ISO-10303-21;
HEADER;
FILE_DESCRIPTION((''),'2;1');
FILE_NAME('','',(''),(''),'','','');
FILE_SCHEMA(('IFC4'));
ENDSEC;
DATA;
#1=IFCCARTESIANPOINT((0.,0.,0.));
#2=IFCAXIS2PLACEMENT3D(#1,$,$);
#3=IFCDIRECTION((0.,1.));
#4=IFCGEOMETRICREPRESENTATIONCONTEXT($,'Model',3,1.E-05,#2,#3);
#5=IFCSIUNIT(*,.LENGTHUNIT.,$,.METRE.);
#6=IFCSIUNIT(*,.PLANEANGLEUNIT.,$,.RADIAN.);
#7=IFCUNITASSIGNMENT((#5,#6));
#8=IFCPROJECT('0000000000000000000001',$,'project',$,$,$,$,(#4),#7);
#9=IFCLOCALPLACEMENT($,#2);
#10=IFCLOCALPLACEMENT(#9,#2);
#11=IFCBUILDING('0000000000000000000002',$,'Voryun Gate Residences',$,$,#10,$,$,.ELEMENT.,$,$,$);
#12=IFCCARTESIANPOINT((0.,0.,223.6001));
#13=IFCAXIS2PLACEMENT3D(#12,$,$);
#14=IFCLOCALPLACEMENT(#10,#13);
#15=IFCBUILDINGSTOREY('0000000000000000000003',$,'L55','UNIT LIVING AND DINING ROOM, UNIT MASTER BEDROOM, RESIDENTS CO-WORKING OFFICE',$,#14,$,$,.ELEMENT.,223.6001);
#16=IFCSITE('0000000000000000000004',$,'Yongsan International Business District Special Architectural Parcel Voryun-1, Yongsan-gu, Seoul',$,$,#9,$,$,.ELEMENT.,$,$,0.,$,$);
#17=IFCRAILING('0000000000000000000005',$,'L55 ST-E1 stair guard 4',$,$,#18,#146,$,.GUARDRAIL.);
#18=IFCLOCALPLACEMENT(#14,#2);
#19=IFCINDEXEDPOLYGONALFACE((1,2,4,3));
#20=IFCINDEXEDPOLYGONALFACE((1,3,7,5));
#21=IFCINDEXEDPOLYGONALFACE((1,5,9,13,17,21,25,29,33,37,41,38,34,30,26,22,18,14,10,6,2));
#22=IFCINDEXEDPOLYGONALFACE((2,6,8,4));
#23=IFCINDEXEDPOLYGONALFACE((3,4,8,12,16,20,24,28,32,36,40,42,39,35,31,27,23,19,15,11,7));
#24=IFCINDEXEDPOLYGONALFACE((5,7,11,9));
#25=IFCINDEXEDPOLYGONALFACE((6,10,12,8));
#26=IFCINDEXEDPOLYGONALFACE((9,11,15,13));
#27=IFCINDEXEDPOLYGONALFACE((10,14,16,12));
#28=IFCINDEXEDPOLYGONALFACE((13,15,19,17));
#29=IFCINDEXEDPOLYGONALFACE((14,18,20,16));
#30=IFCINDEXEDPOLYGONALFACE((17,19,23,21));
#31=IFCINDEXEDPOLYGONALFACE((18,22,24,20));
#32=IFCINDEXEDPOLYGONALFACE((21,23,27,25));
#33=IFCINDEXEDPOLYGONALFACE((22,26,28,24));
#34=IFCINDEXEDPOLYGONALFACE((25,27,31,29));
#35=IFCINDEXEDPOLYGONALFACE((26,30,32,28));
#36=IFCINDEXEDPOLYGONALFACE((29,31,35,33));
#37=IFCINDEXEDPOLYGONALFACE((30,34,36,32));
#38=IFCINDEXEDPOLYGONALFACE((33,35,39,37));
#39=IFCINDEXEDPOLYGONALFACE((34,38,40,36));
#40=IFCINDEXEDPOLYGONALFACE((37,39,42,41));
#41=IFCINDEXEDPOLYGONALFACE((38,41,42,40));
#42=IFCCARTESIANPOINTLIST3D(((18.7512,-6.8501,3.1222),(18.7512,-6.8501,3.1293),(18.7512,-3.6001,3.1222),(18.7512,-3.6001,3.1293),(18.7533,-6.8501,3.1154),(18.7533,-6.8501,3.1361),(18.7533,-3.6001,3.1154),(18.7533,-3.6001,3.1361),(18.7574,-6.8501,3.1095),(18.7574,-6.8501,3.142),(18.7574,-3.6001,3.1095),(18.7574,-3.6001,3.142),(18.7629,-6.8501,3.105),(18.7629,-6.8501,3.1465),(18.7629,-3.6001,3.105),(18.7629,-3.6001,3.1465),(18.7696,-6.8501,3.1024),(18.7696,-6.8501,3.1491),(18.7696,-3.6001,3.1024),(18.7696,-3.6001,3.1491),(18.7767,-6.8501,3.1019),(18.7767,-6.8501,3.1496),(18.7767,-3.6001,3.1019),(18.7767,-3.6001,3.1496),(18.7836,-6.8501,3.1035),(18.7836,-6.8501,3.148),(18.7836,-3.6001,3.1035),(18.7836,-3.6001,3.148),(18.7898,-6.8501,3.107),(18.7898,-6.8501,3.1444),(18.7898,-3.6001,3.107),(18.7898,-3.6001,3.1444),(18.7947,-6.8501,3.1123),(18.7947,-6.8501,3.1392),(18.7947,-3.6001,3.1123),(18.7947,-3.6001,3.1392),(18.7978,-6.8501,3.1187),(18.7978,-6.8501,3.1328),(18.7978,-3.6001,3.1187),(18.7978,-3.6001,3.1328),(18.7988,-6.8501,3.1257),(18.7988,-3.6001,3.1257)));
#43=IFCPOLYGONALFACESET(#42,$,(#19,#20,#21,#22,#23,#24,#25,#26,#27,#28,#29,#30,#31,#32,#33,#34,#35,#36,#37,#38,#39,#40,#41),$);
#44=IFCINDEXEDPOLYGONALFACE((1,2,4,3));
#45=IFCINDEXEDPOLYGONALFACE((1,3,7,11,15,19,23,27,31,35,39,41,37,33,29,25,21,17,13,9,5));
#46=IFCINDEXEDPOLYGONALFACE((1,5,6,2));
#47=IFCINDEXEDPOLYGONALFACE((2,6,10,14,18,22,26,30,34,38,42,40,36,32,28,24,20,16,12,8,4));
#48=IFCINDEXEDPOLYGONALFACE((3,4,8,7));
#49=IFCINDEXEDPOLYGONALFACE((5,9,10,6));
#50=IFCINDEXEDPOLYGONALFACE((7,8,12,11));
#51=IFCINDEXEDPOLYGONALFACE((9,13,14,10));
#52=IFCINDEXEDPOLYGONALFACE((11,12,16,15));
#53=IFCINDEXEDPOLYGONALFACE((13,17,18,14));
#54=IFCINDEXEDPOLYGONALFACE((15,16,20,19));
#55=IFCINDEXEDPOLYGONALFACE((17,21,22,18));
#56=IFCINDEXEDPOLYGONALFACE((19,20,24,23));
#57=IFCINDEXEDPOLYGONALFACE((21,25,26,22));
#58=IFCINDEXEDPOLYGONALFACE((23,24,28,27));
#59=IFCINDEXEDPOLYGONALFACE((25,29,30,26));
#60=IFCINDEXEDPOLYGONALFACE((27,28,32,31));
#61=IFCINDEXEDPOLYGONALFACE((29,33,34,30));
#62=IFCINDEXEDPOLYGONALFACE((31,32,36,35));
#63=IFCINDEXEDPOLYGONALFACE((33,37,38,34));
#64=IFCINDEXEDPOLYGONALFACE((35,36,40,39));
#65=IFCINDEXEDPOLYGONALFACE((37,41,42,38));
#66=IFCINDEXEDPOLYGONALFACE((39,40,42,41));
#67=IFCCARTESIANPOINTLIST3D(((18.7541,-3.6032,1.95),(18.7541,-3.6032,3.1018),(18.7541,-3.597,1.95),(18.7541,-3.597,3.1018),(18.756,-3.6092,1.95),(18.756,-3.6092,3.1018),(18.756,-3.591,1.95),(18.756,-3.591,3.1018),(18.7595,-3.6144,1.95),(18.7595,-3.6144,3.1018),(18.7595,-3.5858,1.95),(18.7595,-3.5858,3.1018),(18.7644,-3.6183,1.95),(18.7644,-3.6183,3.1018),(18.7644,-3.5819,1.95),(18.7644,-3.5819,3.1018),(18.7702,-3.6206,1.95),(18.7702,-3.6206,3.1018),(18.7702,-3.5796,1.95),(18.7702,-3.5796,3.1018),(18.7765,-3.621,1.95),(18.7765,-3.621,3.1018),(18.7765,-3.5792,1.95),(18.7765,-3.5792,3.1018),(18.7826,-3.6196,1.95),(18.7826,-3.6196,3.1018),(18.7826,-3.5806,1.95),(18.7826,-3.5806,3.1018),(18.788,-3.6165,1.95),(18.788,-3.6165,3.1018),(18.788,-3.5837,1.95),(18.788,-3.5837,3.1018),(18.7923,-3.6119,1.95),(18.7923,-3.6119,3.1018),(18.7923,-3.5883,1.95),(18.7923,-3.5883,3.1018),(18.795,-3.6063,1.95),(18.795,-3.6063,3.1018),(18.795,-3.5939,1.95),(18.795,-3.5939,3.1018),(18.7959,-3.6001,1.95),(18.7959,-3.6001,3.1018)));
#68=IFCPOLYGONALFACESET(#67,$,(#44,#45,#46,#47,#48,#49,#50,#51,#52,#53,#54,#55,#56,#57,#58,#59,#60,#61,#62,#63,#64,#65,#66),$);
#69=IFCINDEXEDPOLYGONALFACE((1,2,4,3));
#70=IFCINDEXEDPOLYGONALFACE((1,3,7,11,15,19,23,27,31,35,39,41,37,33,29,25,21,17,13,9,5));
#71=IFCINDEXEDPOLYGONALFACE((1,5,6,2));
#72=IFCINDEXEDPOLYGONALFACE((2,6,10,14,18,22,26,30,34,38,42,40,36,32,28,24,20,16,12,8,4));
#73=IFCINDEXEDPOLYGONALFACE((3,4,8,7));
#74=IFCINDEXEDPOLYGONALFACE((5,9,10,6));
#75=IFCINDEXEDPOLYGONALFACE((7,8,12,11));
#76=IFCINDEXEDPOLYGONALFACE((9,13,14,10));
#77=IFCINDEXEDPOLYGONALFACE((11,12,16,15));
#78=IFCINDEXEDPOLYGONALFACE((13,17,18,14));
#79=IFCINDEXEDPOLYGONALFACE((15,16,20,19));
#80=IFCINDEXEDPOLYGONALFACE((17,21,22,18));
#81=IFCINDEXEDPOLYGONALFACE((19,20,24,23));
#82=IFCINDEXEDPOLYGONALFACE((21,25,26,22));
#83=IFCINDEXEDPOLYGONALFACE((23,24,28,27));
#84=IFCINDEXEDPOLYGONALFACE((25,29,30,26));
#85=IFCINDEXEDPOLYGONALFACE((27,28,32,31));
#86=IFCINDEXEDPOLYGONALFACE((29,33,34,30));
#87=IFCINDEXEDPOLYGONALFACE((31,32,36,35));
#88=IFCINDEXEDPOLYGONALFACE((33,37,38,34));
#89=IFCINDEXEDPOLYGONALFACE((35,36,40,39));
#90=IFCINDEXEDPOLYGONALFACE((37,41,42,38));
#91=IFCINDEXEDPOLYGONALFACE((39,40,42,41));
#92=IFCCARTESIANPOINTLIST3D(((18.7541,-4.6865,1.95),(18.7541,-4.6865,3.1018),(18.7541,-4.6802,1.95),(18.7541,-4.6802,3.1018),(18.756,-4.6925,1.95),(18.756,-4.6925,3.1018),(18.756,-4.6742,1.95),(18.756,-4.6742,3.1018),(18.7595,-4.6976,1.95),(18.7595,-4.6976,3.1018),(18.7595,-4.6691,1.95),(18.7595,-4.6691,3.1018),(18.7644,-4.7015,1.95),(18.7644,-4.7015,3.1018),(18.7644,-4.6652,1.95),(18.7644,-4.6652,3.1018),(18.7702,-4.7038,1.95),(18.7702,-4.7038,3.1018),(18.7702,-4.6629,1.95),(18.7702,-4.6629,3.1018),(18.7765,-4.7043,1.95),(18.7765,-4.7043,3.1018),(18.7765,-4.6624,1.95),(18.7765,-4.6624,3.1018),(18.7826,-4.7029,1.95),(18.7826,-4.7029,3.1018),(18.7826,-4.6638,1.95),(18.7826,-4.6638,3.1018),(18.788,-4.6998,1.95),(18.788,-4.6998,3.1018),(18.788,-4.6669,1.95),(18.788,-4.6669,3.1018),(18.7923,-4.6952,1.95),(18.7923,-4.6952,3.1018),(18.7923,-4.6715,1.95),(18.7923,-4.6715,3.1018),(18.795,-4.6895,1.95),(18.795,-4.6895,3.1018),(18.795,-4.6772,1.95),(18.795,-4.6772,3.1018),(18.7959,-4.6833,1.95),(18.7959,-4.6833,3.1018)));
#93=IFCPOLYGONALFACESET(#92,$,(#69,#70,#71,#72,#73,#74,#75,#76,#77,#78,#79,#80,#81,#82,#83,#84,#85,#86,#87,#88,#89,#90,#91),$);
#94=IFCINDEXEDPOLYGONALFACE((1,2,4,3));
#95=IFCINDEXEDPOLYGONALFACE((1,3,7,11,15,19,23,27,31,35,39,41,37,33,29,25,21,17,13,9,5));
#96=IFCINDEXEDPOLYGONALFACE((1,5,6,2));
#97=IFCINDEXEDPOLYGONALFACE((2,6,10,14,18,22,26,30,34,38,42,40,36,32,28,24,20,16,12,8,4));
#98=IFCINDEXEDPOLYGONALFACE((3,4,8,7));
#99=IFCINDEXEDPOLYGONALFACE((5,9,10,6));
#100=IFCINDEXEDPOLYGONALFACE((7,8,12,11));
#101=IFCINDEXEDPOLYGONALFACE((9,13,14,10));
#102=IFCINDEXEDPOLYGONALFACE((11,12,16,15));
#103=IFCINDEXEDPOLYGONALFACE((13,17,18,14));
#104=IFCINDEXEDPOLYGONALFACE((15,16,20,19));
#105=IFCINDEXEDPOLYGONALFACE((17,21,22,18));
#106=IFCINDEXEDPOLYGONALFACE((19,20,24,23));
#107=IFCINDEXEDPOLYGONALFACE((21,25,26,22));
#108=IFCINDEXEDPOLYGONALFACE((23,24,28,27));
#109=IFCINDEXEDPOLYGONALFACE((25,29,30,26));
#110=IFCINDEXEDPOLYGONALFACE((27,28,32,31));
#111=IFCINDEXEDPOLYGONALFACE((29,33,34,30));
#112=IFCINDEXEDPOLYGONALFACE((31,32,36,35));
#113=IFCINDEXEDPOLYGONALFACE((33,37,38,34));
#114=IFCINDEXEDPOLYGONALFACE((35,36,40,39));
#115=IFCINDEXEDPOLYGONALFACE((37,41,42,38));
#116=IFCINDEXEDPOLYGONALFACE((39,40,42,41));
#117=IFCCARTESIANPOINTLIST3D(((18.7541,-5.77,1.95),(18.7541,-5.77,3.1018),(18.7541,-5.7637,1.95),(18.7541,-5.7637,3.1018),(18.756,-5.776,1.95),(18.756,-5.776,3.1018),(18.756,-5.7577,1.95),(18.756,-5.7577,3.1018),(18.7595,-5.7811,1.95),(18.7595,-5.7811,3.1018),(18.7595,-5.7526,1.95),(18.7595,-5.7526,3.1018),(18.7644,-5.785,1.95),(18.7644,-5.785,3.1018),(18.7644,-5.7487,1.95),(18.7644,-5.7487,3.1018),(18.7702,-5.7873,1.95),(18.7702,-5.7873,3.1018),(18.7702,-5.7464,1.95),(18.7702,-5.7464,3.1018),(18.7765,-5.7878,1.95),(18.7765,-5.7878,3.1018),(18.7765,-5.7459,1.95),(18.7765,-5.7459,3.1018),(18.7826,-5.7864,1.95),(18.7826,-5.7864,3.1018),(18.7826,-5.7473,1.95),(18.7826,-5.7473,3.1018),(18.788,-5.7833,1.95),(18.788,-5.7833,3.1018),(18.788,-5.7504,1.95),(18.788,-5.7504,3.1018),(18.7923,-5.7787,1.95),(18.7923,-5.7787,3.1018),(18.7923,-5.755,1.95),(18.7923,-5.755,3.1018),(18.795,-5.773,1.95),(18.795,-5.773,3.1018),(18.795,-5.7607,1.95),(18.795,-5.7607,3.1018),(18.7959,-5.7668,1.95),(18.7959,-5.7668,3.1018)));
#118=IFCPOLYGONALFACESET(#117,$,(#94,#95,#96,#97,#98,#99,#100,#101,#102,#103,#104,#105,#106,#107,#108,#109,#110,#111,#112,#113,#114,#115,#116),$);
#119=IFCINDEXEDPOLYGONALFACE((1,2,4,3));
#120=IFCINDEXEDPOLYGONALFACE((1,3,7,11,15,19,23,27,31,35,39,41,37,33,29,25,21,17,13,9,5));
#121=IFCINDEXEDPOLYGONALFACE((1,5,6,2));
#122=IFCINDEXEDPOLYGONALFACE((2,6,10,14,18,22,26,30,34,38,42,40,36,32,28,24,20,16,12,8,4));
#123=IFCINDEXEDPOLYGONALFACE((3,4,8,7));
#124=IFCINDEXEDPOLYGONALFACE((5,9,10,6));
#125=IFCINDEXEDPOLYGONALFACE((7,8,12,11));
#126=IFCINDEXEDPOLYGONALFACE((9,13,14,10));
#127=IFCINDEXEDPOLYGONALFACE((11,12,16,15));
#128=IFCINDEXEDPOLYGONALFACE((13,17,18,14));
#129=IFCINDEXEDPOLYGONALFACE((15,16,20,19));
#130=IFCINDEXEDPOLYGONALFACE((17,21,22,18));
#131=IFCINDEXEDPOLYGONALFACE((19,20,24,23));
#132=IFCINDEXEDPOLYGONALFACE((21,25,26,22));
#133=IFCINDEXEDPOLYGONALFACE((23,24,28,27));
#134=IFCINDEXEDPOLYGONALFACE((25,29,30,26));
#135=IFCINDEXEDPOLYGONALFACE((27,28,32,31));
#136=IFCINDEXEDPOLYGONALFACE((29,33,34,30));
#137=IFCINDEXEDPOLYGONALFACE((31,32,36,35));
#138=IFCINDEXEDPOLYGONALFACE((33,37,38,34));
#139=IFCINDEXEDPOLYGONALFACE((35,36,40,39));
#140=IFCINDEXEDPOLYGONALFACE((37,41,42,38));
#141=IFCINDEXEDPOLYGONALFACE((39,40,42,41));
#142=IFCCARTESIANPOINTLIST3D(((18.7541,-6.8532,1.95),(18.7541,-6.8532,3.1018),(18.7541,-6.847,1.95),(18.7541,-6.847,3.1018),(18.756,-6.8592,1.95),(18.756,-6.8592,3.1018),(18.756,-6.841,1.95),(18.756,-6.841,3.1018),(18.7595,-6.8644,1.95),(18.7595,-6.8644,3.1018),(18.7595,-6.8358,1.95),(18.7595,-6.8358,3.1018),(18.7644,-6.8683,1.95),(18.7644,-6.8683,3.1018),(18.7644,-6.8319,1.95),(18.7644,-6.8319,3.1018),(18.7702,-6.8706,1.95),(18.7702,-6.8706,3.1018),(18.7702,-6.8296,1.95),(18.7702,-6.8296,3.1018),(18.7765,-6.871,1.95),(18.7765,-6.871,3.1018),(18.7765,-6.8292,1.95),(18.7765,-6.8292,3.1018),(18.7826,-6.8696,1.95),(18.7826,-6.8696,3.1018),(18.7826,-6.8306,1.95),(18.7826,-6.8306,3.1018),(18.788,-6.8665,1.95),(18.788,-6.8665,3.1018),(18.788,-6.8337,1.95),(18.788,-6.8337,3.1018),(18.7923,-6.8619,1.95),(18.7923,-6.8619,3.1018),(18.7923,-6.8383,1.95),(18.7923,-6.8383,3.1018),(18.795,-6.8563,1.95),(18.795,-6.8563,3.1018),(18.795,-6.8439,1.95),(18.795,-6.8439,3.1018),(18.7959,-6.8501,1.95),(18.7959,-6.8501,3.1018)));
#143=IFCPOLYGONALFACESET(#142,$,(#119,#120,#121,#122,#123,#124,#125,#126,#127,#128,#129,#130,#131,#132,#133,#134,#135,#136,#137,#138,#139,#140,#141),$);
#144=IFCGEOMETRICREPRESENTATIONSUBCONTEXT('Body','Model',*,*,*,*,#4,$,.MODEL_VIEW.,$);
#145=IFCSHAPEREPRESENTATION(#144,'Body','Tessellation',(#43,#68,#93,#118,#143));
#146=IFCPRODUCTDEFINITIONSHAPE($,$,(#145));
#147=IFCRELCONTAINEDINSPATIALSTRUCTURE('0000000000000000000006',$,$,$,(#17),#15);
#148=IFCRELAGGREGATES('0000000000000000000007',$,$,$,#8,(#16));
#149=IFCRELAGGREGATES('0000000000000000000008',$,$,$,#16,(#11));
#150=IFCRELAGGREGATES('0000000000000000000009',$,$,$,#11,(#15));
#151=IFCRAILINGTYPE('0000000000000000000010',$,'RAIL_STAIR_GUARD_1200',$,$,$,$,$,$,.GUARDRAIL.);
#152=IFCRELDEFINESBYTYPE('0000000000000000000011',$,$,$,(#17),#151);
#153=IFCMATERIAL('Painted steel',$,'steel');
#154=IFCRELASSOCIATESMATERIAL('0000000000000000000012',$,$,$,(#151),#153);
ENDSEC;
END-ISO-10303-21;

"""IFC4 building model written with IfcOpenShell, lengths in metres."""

from ifc_helpers import new_model, si_unit, direction, frame, origin, origin_2d, place, context, subcontext, project, spatial, circle, extrude, material, type_object, element, save


model = new_model("IFC4")

# Units and contexts
model_context = context("Model", 3, precision=1e-05, world=origin(), true_north=direction((0.0, 1.0)))
body_context = subcontext(model_context, "Body", "Model", "MODEL_VIEW")
ifc_project = project(units=[si_unit("LENGTHUNIT", "METRE"), si_unit("PLANEANGLEUNIT", "RADIAN")], contexts=[model_context])

# Site, building, storey
site_placement = place(None, origin())
site = spatial("IfcSite", under=ifc_project, at=site_placement, Name="Yongsan International Business District Special Architectural Parcel Voryun-1, Yongsan-gu, Seoul", CompositionType="ELEMENT", RefElevation=0.0)
building_placement = place(site_placement, origin())
building = spatial("IfcBuilding", under=site, at=building_placement, Name="Voryun Gate Residences", CompositionType="ELEMENT")
storey_placement = place(building_placement, frame((0.0, 0.0, 223.6001)))
storey = spatial("IfcBuildingStorey", under=building, at=storey_placement, Name="L55", Description="UNIT LIVING AND DINING ROOM, UNIT MASTER BEDROOM, RESIDENTS CO-WORKING OFFICE", CompositionType="ELEMENT", Elevation=223.6001)

# Railing
ifc_material_1 = material(Name="Painted steel", Category="steel")
railing_type_1 = type_object("IfcRailingType", Name="RAIL_STAIR_GUARD_1200", PredefinedType="GUARDRAIL", material=ifc_material_1)
railing_1_placement = place(storey_placement, frame((18.7749, -3.6001, 1.95)))
element("IfcRailing", 1, at=railing_1_placement, inside=storey, type_object=railing_type_1, Name="L55 ST-E1 stair guard 4", PredefinedType="GUARDRAIL", context=body_context, shape_type="SweptSolid", body=[
    extrude(circle(Radius=0.0239, at=origin_2d()), frame((0.0, 0.0, 1.1758), z_axis=(0.0, -1.0, 0.0), x_axis=(1.0, 0.0, 0.0)), (0.0, 0.0, 1.0), 3.25),
    extrude(circle(Radius=0.021, at=origin_2d()), origin(), (0.0, 0.0, 1.0), 1.1519),
    extrude(circle(Radius=0.021, at=origin_2d()), frame((0.0, -1.0833, 0.0)), (0.0, 0.0, 1.0), 1.1519),
    extrude(circle(Radius=0.021, at=origin_2d()), frame((0.0, -2.1667, 0.0)), (0.0, 0.0, 1.0), 1.1519),
    extrude(circle(Radius=0.021, at=origin_2d()), frame((0.0, -3.25, 0.0)), (0.0, 0.0, 1.0), 1.1519),
])

save(model, "model.ifc")
